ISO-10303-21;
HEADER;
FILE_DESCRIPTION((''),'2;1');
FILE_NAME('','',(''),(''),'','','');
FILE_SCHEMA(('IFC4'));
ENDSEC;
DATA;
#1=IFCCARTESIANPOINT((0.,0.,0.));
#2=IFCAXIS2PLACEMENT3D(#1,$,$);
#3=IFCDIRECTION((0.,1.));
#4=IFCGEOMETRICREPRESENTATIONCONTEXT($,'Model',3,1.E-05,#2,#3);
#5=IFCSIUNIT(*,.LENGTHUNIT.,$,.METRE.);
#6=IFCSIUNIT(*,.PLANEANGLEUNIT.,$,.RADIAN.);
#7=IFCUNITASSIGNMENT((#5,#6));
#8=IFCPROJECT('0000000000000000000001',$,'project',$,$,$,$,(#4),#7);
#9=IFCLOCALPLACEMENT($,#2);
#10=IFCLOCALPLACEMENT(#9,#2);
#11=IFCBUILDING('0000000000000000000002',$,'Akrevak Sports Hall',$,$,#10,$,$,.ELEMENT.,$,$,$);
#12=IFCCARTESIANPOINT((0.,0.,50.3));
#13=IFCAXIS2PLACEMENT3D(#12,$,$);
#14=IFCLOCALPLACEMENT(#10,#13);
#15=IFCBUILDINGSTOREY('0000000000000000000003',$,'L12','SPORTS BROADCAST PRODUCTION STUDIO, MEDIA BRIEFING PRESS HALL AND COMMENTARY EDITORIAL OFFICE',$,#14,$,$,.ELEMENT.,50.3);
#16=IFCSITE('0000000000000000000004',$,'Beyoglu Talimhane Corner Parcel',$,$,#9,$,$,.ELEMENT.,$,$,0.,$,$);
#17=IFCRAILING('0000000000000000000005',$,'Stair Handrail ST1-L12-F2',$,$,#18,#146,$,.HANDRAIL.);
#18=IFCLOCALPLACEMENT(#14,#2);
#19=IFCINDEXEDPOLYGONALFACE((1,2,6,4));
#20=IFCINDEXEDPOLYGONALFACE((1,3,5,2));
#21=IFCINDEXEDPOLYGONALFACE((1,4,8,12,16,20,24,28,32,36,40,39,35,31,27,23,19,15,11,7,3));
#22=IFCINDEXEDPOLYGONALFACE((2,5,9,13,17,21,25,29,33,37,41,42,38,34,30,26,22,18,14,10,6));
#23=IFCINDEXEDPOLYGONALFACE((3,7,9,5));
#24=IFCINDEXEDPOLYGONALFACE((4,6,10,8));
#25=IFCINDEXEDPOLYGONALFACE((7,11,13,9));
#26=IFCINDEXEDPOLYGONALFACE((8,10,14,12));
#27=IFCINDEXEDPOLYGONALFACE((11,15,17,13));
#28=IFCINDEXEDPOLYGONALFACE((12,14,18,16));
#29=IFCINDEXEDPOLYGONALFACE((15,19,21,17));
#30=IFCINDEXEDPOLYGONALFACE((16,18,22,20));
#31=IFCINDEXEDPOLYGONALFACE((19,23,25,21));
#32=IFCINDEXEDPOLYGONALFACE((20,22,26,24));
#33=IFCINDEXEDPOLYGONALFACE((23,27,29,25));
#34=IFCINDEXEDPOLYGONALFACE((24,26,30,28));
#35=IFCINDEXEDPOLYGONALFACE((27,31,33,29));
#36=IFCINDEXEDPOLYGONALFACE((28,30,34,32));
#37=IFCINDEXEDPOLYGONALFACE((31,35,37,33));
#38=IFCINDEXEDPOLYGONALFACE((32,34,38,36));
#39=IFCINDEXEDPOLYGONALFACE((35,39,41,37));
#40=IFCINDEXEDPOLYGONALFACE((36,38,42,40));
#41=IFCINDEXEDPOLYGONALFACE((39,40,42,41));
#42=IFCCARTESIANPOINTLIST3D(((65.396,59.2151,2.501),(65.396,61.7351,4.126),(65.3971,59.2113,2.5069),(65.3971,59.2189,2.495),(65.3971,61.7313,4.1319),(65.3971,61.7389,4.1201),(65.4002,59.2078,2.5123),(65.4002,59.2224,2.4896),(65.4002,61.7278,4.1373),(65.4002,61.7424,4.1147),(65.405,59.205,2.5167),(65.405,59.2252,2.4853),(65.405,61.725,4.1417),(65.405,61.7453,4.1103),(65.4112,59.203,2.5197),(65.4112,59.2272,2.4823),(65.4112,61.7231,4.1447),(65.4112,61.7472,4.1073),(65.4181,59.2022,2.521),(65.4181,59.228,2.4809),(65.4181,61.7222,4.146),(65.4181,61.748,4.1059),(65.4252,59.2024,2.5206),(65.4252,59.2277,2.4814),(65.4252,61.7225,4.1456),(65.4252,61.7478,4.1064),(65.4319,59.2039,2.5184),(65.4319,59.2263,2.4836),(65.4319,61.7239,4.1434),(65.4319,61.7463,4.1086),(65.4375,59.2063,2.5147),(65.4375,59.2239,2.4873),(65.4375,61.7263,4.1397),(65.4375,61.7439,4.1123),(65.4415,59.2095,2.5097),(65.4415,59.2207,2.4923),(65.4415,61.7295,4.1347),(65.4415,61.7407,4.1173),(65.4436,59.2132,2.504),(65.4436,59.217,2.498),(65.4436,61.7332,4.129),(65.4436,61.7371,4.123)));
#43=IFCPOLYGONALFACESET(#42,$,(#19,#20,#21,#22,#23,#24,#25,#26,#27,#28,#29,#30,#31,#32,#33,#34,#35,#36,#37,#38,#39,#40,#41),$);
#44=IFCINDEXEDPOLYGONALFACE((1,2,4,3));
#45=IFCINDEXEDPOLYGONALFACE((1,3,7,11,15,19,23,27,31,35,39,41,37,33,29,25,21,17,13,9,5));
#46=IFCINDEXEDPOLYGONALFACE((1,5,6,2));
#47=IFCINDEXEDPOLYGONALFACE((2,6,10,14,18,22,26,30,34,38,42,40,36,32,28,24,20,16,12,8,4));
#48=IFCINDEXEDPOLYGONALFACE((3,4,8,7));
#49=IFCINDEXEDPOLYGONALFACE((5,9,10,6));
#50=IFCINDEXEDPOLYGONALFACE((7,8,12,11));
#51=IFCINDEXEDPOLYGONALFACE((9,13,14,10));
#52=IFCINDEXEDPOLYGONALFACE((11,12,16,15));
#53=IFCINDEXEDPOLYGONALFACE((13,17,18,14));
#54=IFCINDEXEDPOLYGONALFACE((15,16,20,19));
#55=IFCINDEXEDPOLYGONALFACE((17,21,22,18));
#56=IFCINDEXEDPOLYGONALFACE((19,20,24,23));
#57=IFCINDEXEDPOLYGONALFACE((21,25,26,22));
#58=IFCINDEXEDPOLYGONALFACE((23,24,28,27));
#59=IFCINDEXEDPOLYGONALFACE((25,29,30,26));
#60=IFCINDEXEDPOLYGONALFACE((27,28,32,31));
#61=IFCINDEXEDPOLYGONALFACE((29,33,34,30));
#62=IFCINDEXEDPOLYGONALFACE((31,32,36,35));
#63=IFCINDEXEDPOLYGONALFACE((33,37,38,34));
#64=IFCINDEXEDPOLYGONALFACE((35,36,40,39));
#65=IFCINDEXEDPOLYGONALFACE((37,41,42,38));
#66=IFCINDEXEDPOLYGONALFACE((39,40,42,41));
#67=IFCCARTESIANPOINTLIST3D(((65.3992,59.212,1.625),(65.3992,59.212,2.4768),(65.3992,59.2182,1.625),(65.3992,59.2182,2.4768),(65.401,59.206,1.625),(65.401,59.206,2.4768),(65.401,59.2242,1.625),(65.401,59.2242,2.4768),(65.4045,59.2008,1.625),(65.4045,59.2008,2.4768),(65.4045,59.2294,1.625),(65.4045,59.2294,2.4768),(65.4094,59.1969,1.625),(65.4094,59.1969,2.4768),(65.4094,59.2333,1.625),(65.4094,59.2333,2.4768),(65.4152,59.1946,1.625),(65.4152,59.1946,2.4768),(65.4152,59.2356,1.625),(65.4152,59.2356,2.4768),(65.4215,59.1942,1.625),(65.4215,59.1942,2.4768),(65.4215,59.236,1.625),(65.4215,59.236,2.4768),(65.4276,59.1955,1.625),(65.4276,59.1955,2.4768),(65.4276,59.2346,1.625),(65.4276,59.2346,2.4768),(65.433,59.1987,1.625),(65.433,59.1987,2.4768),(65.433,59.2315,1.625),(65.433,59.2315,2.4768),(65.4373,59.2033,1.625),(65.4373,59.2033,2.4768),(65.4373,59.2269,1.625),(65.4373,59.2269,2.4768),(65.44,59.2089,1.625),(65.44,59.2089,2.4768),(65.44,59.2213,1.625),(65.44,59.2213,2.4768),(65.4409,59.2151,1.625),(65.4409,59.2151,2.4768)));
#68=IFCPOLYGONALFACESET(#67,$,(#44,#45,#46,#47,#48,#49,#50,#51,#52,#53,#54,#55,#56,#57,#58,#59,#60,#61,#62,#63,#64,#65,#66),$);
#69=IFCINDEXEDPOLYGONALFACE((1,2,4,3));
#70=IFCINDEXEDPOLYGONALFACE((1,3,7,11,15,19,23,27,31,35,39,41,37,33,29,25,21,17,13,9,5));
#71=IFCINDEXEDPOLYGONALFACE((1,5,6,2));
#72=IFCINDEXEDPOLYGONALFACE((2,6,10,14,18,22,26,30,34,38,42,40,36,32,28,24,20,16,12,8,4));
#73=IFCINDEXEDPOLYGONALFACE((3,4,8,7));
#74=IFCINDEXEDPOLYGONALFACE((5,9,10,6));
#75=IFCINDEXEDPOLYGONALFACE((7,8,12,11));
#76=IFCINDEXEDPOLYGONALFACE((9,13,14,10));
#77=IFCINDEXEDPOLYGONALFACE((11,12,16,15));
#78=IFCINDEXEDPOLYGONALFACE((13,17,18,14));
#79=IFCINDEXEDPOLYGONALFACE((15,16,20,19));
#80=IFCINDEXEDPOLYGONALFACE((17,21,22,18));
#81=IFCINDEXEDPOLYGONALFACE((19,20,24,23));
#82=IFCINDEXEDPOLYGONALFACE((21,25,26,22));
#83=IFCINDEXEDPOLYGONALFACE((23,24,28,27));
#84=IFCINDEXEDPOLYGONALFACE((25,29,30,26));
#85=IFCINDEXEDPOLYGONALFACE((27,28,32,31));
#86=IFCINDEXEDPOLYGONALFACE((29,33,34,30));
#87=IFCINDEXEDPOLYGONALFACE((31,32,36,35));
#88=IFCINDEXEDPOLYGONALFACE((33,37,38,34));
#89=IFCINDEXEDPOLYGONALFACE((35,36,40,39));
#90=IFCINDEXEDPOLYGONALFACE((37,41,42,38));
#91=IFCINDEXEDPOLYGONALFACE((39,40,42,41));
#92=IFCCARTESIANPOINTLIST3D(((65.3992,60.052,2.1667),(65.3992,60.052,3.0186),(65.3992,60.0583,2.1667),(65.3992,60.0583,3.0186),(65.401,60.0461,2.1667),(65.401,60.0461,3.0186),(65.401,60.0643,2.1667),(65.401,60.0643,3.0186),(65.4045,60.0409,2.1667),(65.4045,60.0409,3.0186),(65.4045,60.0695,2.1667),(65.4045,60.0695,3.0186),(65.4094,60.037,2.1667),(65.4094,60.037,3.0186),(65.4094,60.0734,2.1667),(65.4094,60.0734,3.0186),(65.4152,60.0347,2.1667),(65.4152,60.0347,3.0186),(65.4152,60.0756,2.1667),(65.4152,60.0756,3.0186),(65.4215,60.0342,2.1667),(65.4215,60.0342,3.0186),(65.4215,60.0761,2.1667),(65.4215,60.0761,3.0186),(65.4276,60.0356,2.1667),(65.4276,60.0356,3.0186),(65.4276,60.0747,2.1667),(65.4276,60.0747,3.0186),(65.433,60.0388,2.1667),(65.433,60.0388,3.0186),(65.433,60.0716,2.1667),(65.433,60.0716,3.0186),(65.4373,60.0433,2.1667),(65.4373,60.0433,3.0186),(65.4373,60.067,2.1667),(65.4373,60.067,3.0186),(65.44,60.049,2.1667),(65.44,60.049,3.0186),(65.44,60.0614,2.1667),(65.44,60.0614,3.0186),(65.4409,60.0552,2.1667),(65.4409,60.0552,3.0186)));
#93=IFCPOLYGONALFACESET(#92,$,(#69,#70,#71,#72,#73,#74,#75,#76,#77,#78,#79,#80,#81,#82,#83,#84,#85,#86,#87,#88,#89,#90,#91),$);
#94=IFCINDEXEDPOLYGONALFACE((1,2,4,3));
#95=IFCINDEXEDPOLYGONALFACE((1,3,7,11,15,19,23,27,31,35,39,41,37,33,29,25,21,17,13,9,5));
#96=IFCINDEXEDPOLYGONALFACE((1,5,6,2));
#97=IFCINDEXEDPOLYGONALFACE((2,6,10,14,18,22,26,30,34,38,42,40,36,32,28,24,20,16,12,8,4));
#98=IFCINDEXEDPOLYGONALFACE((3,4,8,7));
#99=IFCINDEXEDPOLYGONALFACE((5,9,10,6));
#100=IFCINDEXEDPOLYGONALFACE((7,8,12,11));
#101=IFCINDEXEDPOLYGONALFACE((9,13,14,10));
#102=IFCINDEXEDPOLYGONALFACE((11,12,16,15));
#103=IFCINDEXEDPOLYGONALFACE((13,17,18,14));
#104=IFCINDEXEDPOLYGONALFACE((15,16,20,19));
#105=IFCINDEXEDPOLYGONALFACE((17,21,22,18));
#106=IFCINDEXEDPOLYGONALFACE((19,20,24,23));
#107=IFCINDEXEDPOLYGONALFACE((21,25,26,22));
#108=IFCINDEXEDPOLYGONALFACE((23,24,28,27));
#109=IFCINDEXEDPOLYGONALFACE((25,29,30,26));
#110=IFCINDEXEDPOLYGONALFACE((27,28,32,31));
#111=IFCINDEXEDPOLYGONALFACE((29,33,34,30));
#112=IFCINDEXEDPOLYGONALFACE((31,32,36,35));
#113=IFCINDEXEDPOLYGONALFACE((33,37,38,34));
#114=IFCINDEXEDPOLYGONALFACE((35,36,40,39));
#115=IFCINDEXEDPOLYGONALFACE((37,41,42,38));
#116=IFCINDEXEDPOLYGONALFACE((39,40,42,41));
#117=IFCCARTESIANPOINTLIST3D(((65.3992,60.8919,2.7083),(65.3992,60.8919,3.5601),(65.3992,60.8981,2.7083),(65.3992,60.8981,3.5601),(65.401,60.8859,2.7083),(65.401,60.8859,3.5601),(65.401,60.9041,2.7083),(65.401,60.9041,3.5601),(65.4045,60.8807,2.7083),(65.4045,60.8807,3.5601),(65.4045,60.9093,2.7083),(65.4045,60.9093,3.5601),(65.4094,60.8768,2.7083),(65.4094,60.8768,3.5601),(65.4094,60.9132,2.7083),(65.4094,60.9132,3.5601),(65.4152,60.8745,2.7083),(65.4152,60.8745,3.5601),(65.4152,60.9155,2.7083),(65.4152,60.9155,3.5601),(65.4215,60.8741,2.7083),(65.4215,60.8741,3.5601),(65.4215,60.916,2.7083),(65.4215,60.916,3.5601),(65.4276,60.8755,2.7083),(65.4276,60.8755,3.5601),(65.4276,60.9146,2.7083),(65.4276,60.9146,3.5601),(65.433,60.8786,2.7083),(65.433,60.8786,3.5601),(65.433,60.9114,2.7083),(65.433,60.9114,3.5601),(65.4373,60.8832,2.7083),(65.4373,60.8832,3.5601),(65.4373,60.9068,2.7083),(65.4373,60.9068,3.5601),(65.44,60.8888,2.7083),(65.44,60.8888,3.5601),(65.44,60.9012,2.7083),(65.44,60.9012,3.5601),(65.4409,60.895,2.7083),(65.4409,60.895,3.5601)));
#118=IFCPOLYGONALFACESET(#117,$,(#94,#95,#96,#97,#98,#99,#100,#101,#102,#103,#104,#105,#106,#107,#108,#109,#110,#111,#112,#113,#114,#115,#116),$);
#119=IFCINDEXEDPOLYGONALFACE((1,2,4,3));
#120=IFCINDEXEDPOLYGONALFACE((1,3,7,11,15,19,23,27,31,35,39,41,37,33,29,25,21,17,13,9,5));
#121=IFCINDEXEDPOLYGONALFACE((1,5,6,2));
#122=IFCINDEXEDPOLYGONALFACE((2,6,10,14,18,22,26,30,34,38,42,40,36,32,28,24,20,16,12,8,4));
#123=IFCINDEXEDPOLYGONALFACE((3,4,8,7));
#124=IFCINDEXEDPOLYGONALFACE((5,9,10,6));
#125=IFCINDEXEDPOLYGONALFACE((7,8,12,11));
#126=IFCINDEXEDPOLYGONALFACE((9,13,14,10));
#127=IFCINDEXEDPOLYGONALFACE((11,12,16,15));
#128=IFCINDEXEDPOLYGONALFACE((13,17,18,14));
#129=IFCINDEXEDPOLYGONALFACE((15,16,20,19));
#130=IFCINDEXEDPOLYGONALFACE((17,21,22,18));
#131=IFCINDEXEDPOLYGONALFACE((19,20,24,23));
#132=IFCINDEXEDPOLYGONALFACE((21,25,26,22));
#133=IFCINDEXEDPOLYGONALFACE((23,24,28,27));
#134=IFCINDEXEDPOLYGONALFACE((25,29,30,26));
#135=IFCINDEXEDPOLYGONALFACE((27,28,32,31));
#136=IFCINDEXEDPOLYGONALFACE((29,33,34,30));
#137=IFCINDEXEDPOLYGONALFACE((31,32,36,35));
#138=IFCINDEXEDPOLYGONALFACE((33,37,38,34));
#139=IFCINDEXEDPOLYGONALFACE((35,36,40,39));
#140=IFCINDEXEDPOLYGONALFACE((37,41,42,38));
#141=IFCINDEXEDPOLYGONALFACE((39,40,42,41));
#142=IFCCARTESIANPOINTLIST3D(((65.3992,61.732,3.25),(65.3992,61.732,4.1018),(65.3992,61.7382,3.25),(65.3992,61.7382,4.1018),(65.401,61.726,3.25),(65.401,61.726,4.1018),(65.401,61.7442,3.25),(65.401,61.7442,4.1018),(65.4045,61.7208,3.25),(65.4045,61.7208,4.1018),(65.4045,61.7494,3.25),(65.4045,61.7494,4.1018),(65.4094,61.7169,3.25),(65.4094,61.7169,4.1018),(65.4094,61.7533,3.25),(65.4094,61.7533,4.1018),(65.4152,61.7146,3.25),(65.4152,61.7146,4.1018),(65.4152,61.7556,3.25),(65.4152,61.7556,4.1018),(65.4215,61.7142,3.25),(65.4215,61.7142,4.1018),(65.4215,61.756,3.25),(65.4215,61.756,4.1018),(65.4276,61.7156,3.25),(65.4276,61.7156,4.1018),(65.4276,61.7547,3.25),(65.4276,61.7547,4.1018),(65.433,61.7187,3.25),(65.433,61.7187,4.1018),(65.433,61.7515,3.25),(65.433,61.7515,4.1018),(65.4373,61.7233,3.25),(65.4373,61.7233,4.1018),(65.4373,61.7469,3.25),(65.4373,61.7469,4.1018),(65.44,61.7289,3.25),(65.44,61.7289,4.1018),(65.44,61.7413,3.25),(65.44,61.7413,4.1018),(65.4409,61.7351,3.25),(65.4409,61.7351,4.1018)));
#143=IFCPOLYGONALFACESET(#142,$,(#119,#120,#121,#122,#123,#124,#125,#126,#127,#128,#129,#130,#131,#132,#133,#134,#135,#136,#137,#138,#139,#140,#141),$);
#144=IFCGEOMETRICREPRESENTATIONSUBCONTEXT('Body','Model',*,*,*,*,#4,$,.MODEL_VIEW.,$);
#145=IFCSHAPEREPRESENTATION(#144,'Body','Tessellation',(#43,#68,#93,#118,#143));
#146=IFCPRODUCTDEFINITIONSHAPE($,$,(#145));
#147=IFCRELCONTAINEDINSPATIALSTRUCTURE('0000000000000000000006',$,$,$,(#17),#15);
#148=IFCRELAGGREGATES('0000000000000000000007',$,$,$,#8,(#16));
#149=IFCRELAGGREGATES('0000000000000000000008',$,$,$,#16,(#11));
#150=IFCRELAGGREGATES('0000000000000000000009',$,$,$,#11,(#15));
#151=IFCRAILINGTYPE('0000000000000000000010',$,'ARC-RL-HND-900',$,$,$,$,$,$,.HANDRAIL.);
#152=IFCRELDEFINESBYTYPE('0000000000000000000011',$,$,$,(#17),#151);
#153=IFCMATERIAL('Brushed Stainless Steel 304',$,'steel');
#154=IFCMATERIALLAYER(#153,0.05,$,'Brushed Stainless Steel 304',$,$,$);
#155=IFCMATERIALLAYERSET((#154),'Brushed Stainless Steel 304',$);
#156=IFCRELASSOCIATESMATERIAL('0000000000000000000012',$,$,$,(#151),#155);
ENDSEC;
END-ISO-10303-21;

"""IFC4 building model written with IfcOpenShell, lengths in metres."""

from ifc_helpers import new_model, si_unit, direction, frame, origin, origin_2d, place, context, subcontext, project, spatial, circle, extrude, material, layer, layer_set, type_object, element, save


model = new_model("IFC4")

# Units and contexts
model_context = context("Model", 3, precision=1e-05, world=origin(), true_north=direction((0.0, 1.0)))
body_context = subcontext(model_context, "Body", "Model", "MODEL_VIEW")
ifc_project = project(units=[si_unit("LENGTHUNIT", "METRE"), si_unit("PLANEANGLEUNIT", "RADIAN")], contexts=[model_context])

# Site, building, storey
site_placement = place(None, origin())
site = spatial("IfcSite", under=ifc_project, at=site_placement, Name="Beyoglu Talimhane Corner Parcel", CompositionType="ELEMENT", RefElevation=0.0)
building_placement = place(site_placement, origin())
building = spatial("IfcBuilding", under=site, at=building_placement, Name="Akrevak Sports Hall", CompositionType="ELEMENT")
storey_placement = place(building_placement, frame((0.0, 0.0, 50.3)))
storey = spatial("IfcBuildingStorey", under=building, at=storey_placement, Name="L12", Description="SPORTS BROADCAST PRODUCTION STUDIO, MEDIA BRIEFING PRESS HALL AND COMMENTARY EDITORIAL OFFICE", CompositionType="ELEMENT", Elevation=50.3)

# Shared definitions
ifc_material_1 = material(Name="Brushed Stainless Steel 304", Category="steel")

# Railing
ifc_layer_1 = layer(ifc_material_1, 0.05, Name="Brushed Stainless Steel 304")
ifc_layer_set_1 = layer_set([ifc_layer_1], Name="Brushed Stainless Steel 304")
railing_type_1 = type_object("IfcRailingType", Name="ARC-RL-HND-900", PredefinedType="HANDRAIL", material=ifc_layer_set_1)
railing_1_placement = place(storey_placement, frame((65.4199, 59.2151, 1.625)))
element("IfcRailing", 1, at=railing_1_placement, inside=storey, type_object=railing_type_1, Name="Stair Handrail ST1-L12-F2", PredefinedType="HANDRAIL", context=body_context, shape_type="SweptSolid", body=[
    extrude(circle(Radius=0.0239, at=origin_2d()), frame((0.0, 0.0, 0.876), z_axis=(0.0, 0.840421, 0.541934), x_axis=(-1.0, 0.0, 0.0)), (0.0, 0.0, 1.0), 2.9985),
    extrude(circle(Radius=0.021, at=origin_2d()), origin(), (0.0, 0.0, 1.0), 0.8518),
    extrude(circle(Radius=0.021, at=origin_2d()), frame((0.0, 0.8401, 0.5417)), (0.0, 0.0, 1.0), 0.8518),
    extrude(circle(Radius=0.021, at=origin_2d()), frame((0.0, 1.6799, 1.0833)), (0.0, 0.0, 1.0), 0.8518),
    extrude(circle(Radius=0.021, at=origin_2d()), frame((0.0, 2.52, 1.625)), (0.0, 0.0, 1.0), 0.8518),
])

save(model, "model.ifc")
